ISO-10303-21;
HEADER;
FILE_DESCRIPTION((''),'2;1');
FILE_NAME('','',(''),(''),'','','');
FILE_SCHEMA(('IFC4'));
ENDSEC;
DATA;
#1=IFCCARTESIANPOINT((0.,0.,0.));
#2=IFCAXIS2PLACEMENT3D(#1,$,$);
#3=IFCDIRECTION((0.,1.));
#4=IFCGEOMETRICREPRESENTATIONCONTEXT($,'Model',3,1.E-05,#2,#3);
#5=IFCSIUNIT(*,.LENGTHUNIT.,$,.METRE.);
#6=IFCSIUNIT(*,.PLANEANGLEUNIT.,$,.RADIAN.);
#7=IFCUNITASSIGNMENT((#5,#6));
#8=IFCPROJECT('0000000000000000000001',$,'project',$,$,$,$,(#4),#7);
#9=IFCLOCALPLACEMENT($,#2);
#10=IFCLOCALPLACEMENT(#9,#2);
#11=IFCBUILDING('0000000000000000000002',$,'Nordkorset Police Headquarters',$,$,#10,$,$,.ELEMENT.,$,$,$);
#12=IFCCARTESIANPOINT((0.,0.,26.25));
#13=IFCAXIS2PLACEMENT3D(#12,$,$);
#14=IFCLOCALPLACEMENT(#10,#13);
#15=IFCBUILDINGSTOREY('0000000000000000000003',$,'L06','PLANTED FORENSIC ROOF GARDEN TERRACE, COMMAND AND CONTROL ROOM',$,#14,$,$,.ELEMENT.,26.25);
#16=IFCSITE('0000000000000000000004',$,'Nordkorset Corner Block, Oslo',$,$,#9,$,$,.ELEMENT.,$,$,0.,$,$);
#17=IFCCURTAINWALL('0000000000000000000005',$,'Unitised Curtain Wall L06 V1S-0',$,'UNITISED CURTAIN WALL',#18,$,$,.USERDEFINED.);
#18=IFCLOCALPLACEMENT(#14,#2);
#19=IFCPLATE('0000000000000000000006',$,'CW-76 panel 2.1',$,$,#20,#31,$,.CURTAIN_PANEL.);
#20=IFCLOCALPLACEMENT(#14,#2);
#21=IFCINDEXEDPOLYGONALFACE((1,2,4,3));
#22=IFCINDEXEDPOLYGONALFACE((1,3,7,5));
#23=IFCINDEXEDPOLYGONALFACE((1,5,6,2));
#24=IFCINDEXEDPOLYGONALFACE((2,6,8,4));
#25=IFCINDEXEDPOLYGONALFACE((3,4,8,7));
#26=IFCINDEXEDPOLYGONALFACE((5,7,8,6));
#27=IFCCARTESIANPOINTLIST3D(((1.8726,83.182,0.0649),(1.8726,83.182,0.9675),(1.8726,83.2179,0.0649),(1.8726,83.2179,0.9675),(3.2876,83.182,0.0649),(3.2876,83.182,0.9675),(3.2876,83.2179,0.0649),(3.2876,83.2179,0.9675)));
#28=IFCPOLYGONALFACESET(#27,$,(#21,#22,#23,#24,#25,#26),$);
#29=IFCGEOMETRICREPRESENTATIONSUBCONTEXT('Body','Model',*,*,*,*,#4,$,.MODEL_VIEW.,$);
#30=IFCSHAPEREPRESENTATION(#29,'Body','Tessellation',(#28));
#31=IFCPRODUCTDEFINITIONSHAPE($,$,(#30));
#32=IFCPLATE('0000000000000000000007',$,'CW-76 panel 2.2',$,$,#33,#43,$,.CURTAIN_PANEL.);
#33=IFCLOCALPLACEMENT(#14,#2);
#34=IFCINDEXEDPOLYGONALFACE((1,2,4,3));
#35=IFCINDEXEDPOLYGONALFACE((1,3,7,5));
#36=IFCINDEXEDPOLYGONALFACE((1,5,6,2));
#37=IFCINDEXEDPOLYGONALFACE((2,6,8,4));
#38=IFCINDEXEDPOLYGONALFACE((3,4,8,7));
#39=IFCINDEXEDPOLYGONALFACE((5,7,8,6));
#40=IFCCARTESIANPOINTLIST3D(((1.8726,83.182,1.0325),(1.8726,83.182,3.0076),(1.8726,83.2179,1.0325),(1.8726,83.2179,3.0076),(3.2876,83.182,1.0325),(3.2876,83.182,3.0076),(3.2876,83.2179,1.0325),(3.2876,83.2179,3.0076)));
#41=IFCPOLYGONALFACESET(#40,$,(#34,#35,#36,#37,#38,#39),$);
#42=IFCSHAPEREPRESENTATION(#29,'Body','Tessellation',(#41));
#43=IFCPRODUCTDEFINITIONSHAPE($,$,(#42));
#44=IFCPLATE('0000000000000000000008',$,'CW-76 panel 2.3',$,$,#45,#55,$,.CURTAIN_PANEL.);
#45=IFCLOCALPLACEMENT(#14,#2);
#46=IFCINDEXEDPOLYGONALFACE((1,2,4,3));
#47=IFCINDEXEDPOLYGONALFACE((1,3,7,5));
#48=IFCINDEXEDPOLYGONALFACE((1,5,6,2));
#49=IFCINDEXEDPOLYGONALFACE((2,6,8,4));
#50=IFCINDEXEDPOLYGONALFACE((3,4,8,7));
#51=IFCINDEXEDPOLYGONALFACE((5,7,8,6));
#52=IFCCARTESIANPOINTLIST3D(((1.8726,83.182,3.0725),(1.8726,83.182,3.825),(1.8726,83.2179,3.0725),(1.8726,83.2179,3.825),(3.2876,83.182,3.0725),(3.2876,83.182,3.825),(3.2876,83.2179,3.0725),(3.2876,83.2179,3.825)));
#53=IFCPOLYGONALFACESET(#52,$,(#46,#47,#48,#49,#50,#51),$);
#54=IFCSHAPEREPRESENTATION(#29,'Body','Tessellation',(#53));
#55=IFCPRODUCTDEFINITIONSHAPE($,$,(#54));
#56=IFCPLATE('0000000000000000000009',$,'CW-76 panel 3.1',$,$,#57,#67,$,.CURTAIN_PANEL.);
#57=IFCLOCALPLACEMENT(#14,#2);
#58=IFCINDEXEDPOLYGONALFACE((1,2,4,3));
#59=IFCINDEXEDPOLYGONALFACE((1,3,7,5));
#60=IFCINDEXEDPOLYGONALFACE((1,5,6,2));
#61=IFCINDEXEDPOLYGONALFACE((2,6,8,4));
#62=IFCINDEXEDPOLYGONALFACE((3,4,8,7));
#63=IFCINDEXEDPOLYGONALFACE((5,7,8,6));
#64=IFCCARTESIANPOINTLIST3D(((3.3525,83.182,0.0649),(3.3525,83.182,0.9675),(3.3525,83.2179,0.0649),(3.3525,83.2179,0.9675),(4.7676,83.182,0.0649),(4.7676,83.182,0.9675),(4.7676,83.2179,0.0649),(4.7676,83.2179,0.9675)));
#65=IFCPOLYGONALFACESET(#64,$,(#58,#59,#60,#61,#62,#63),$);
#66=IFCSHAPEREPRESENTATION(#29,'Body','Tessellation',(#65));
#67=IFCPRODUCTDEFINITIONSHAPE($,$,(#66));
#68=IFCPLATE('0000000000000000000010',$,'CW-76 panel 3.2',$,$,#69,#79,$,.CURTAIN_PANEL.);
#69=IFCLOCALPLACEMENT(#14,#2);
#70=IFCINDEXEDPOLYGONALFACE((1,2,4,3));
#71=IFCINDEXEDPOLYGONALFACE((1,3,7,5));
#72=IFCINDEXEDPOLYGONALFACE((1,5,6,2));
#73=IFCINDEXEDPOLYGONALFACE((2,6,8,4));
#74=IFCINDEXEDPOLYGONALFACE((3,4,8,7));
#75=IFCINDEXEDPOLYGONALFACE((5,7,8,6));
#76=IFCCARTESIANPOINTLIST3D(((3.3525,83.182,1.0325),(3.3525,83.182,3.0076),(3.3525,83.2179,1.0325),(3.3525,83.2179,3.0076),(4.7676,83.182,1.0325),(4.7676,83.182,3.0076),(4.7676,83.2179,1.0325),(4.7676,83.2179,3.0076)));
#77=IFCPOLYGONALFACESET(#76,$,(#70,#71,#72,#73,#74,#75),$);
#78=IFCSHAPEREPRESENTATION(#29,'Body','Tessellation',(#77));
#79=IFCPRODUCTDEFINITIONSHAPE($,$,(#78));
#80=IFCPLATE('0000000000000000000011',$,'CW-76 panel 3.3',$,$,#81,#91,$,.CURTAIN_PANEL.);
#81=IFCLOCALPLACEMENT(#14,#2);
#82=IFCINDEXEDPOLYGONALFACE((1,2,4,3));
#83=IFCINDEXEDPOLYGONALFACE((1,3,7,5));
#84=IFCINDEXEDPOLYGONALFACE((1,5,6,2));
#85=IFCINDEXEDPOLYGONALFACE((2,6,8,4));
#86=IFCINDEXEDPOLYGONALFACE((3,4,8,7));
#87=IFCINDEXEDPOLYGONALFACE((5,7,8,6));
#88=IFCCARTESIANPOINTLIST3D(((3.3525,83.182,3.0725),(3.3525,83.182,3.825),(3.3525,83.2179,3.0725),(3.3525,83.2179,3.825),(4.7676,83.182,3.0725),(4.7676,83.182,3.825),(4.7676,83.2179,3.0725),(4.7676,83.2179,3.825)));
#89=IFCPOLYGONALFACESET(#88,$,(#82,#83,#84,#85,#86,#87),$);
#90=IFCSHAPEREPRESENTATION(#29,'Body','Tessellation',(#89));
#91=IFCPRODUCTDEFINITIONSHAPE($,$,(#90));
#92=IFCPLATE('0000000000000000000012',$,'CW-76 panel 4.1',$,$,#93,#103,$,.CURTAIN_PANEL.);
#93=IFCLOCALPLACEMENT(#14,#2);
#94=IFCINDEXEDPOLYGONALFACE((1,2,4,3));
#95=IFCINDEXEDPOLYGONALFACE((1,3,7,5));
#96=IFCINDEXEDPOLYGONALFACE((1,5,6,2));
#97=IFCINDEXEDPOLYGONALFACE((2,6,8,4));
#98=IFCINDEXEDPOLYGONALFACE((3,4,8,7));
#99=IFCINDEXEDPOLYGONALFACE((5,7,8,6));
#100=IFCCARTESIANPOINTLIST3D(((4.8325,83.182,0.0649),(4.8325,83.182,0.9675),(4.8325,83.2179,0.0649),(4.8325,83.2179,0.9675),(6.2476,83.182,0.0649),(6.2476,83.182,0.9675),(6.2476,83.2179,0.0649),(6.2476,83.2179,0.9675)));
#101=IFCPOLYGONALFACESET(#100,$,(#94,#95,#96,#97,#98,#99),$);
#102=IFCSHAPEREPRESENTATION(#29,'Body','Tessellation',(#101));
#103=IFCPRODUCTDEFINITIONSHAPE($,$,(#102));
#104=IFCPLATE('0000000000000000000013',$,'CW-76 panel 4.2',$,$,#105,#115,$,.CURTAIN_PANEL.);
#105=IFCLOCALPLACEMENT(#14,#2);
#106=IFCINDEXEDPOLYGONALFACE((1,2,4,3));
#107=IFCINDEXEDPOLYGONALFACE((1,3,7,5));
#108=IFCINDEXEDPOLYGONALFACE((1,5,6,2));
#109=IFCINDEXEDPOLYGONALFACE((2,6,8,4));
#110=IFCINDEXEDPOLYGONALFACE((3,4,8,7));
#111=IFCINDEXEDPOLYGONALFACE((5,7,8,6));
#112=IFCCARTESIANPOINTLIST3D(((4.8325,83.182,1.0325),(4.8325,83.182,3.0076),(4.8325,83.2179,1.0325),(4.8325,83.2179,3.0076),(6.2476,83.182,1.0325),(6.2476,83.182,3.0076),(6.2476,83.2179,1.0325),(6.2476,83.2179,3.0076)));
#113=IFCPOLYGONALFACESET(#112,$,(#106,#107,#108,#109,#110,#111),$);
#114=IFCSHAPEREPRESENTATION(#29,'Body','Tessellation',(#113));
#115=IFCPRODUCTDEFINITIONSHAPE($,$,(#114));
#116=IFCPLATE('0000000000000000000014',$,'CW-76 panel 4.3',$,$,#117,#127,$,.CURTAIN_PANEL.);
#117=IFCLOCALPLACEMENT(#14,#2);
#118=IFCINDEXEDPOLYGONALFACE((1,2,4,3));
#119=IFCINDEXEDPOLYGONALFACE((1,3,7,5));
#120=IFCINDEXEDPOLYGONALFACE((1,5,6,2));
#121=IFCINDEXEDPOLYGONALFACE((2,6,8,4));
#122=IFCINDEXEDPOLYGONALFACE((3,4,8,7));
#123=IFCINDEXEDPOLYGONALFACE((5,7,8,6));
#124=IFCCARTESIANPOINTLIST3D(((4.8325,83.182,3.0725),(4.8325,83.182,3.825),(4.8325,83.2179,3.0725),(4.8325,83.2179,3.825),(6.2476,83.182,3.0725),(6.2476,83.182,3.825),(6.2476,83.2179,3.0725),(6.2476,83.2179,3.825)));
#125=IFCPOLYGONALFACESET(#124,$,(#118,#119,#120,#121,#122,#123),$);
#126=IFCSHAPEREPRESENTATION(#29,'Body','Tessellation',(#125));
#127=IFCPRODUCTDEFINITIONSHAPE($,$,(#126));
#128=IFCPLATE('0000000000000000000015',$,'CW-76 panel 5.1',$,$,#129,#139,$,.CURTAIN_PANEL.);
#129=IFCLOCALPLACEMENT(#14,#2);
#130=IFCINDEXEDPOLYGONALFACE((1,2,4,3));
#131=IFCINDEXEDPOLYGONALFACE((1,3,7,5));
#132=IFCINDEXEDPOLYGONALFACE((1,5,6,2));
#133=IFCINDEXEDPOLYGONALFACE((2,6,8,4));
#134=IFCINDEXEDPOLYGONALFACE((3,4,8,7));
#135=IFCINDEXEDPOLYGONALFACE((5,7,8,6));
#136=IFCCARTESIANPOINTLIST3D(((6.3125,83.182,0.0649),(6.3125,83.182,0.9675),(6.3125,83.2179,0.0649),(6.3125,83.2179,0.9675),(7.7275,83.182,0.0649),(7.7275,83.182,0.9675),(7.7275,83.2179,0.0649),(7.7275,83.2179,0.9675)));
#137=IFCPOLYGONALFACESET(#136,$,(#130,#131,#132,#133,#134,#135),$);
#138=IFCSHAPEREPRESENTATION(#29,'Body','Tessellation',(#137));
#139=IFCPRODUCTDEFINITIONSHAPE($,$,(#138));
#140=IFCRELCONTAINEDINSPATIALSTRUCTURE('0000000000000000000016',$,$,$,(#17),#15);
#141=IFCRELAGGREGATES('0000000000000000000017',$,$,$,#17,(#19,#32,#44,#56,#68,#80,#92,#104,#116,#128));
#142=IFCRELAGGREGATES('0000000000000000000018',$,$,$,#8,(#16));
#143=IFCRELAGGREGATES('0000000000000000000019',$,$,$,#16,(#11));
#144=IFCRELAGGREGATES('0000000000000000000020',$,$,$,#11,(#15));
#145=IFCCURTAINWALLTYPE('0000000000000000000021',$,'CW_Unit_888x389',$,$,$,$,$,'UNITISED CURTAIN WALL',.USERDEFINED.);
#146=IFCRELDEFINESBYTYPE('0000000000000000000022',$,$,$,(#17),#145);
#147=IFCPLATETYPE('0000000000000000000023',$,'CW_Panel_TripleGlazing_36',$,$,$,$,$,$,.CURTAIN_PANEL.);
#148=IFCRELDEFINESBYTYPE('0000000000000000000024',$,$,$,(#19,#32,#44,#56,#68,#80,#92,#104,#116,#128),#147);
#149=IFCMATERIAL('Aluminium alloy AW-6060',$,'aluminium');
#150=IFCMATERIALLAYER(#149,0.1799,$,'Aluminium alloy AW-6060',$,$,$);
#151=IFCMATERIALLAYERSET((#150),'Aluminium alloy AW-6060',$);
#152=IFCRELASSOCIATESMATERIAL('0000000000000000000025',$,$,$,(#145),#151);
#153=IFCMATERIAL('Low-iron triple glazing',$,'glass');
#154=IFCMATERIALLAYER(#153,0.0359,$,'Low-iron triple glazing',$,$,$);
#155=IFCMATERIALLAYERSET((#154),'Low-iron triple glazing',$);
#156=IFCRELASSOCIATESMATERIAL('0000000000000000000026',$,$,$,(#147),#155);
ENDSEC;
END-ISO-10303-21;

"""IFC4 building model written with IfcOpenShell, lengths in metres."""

from ifc_helpers import new_model, si_unit, direction, frame, origin, origin_2d, place, context, subcontext, project, spatial, rectangle, extrude, material, layer, layer_set, type_object, element, aggregate, save


model = new_model("IFC4")

# Units and contexts
model_context = context("Model", 3, precision=1e-05, world=origin(), true_north=direction((0.0, 1.0)))
body_context = subcontext(model_context, "Body", "Model", "MODEL_VIEW")
ifc_project = project(units=[si_unit("LENGTHUNIT", "METRE"), si_unit("PLANEANGLEUNIT", "RADIAN")], contexts=[model_context])

# Site, building, storey
site_placement = place(None, origin())
site = spatial("IfcSite", under=ifc_project, at=site_placement, Name="Nordkorset Corner Block, Oslo", CompositionType="ELEMENT", RefElevation=0.0)
building_placement = place(site_placement, origin())
building = spatial("IfcBuilding", under=site, at=building_placement, Name="Nordkorset Police Headquarters", CompositionType="ELEMENT")
storey_placement = place(building_placement, frame((0.0, 0.0, 26.25)))
storey = spatial("IfcBuildingStorey", under=building, at=storey_placement, Name="L06", Description="PLANTED FORENSIC ROOF GARDEN TERRACE, COMMAND AND CONTROL ROOM", CompositionType="ELEMENT", Elevation=26.25)

# Curtain wall, plates
ifc_material_1 = material(Name="Aluminium alloy AW-6060", Category="aluminium")
ifc_layer_1 = layer(ifc_material_1, 0.1799, Name="Aluminium alloy AW-6060")
ifc_layer_set_1 = layer_set([ifc_layer_1], Name="Aluminium alloy AW-6060")
curtain_wall_type = type_object("IfcCurtainWallType", Name="CW_Unit_888x389", ElementType="UNITISED CURTAIN WALL", PredefinedType="USERDEFINED", material=ifc_layer_set_1)
curtain_wall_placement = place(storey_placement, origin())
curtain_wall = element("IfcCurtainWall", 1, at=curtain_wall_placement, inside=storey, type_object=curtain_wall_type, Name="Unitised Curtain Wall L06 V1S-0", ObjectType="UNITISED CURTAIN WALL", PredefinedType="USERDEFINED")
ifc_material_2 = material(Name="Low-iron triple glazing", Category="glass")
ifc_layer_2 = layer(ifc_material_2, 0.0359, Name="Low-iron triple glazing")
ifc_layer_set_2 = layer_set([ifc_layer_2], Name="Low-iron triple glazing")
plate_type = type_object("IfcPlateType", Name="CW_Panel_TripleGlazing_36", PredefinedType="CURTAIN_PANEL", material=ifc_layer_set_2)
plate_1_placement = place(storey_placement, frame((2.5801, 83.2, 0.0649), z_axis=(0.0, 0.0, 1.0), x_axis=(1.0, 0.0, 0.0)))
plate_1 = element("IfcPlate", 2, at=plate_1_placement, type_object=plate_type, Name="CW-76 panel 2.1", PredefinedType="CURTAIN_PANEL", context=body_context, shape_type="SweptSolid", body=[
    extrude(rectangle(XDim=1.415, YDim=0.0359, at=origin_2d()), origin(), (0.0, 0.0, 1.0), 0.9026),
])
plate_2_placement = place(storey_placement, frame((2.5801, 83.2, 1.0325), z_axis=(0.0, 0.0, 1.0), x_axis=(1.0, 0.0, 0.0)))
plate_2 = element("IfcPlate", 3, at=plate_2_placement, type_object=plate_type, Name="CW-76 panel 2.2", PredefinedType="CURTAIN_PANEL", context=body_context, shape_type="SweptSolid", body=[
    extrude(rectangle(XDim=1.415, YDim=0.0359, at=origin_2d()), origin(), (0.0, 0.0, 1.0), 1.9751),
])
plate_3_placement = place(storey_placement, frame((2.5801, 83.2, 3.0725), z_axis=(0.0, 0.0, 1.0), x_axis=(1.0, 0.0, 0.0)))
plate_3 = element("IfcPlate", 4, at=plate_3_placement, type_object=plate_type, Name="CW-76 panel 2.3", PredefinedType="CURTAIN_PANEL", context=body_context, shape_type="SweptSolid", body=[
    extrude(rectangle(XDim=1.415, YDim=0.0359, at=origin_2d()), origin(), (0.0, 0.0, 1.0), 0.7524),
])
plate_4_placement = place(storey_placement, frame((4.0601, 83.2, 0.0649), z_axis=(0.0, 0.0, 1.0), x_axis=(1.0, 0.0, 0.0)))
plate_4 = element("IfcPlate", 5, at=plate_4_placement, type_object=plate_type, Name="CW-76 panel 3.1", PredefinedType="CURTAIN_PANEL", context=body_context, shape_type="SweptSolid", body=[
    extrude(rectangle(XDim=1.415, YDim=0.0359, at=origin_2d()), origin(), (0.0, 0.0, 1.0), 0.9026),
])
plate_5_placement = place(storey_placement, frame((4.0601, 83.2, 1.0325), z_axis=(0.0, 0.0, 1.0), x_axis=(1.0, 0.0, 0.0)))
plate_5 = element("IfcPlate", 6, at=plate_5_placement, type_object=plate_type, Name="CW-76 panel 3.2", PredefinedType="CURTAIN_PANEL", context=body_context, shape_type="SweptSolid", body=[
    extrude(rectangle(XDim=1.415, YDim=0.0359, at=origin_2d()), origin(), (0.0, 0.0, 1.0), 1.9751),
])
plate_6_placement = place(storey_placement, frame((4.0601, 83.2, 3.0725), z_axis=(0.0, 0.0, 1.0), x_axis=(1.0, 0.0, 0.0)))
plate_6 = element("IfcPlate", 7, at=plate_6_placement, type_object=plate_type, Name="CW-76 panel 3.3", PredefinedType="CURTAIN_PANEL", context=body_context, shape_type="SweptSolid", body=[
    extrude(rectangle(XDim=1.415, YDim=0.0359, at=origin_2d()), origin(), (0.0, 0.0, 1.0), 0.7524),
])
plate_7_placement = place(storey_placement, frame((5.54, 83.2, 0.0649), z_axis=(0.0, 0.0, 1.0), x_axis=(1.0, 0.0, 0.0)))
plate_7 = element("IfcPlate", 8, at=plate_7_placement, type_object=plate_type, Name="CW-76 panel 4.1", PredefinedType="CURTAIN_PANEL", context=body_context, shape_type="SweptSolid", body=[
    extrude(rectangle(XDim=1.415, YDim=0.0359, at=origin_2d()), origin(), (0.0, 0.0, 1.0), 0.9026),
])
plate_8_placement = place(storey_placement, frame((5.54, 83.2, 1.0325), z_axis=(0.0, 0.0, 1.0), x_axis=(1.0, 0.0, 0.0)))
plate_8 = element("IfcPlate", 9, at=plate_8_placement, type_object=plate_type, Name="CW-76 panel 4.2", PredefinedType="CURTAIN_PANEL", context=body_context, shape_type="SweptSolid", body=[
    extrude(rectangle(XDim=1.415, YDim=0.0359, at=origin_2d()), origin(), (0.0, 0.0, 1.0), 1.9751),
])
plate_9_placement = place(storey_placement, frame((5.54, 83.2, 3.0725), z_axis=(0.0, 0.0, 1.0), x_axis=(1.0, 0.0, 0.0)))
plate_9 = element("IfcPlate", 10, at=plate_9_placement, type_object=plate_type, Name="CW-76 panel 4.3", PredefinedType="CURTAIN_PANEL", context=body_context, shape_type="SweptSolid", body=[
    extrude(rectangle(XDim=1.415, YDim=0.0359, at=origin_2d()), origin(), (0.0, 0.0, 1.0), 0.7524),
])
plate_10_placement = place(storey_placement, frame((7.02, 83.2, 0.0649), z_axis=(0.0, 0.0, 1.0), x_axis=(1.0, 0.0, 0.0)))
plate_10 = element("IfcPlate", 11, at=plate_10_placement, type_object=plate_type, Name="CW-76 panel 5.1", PredefinedType="CURTAIN_PANEL", context=body_context, shape_type="SweptSolid", body=[
    extrude(rectangle(XDim=1.415, YDim=0.0359, at=origin_2d()), origin(), (0.0, 0.0, 1.0), 0.9026),
])
aggregate(curtain_wall, [plate_1, plate_2, plate_3, plate_4, plate_5, plate_6, plate_7, plate_8, plate_9, plate_10])

save(model, "model.ifc")
